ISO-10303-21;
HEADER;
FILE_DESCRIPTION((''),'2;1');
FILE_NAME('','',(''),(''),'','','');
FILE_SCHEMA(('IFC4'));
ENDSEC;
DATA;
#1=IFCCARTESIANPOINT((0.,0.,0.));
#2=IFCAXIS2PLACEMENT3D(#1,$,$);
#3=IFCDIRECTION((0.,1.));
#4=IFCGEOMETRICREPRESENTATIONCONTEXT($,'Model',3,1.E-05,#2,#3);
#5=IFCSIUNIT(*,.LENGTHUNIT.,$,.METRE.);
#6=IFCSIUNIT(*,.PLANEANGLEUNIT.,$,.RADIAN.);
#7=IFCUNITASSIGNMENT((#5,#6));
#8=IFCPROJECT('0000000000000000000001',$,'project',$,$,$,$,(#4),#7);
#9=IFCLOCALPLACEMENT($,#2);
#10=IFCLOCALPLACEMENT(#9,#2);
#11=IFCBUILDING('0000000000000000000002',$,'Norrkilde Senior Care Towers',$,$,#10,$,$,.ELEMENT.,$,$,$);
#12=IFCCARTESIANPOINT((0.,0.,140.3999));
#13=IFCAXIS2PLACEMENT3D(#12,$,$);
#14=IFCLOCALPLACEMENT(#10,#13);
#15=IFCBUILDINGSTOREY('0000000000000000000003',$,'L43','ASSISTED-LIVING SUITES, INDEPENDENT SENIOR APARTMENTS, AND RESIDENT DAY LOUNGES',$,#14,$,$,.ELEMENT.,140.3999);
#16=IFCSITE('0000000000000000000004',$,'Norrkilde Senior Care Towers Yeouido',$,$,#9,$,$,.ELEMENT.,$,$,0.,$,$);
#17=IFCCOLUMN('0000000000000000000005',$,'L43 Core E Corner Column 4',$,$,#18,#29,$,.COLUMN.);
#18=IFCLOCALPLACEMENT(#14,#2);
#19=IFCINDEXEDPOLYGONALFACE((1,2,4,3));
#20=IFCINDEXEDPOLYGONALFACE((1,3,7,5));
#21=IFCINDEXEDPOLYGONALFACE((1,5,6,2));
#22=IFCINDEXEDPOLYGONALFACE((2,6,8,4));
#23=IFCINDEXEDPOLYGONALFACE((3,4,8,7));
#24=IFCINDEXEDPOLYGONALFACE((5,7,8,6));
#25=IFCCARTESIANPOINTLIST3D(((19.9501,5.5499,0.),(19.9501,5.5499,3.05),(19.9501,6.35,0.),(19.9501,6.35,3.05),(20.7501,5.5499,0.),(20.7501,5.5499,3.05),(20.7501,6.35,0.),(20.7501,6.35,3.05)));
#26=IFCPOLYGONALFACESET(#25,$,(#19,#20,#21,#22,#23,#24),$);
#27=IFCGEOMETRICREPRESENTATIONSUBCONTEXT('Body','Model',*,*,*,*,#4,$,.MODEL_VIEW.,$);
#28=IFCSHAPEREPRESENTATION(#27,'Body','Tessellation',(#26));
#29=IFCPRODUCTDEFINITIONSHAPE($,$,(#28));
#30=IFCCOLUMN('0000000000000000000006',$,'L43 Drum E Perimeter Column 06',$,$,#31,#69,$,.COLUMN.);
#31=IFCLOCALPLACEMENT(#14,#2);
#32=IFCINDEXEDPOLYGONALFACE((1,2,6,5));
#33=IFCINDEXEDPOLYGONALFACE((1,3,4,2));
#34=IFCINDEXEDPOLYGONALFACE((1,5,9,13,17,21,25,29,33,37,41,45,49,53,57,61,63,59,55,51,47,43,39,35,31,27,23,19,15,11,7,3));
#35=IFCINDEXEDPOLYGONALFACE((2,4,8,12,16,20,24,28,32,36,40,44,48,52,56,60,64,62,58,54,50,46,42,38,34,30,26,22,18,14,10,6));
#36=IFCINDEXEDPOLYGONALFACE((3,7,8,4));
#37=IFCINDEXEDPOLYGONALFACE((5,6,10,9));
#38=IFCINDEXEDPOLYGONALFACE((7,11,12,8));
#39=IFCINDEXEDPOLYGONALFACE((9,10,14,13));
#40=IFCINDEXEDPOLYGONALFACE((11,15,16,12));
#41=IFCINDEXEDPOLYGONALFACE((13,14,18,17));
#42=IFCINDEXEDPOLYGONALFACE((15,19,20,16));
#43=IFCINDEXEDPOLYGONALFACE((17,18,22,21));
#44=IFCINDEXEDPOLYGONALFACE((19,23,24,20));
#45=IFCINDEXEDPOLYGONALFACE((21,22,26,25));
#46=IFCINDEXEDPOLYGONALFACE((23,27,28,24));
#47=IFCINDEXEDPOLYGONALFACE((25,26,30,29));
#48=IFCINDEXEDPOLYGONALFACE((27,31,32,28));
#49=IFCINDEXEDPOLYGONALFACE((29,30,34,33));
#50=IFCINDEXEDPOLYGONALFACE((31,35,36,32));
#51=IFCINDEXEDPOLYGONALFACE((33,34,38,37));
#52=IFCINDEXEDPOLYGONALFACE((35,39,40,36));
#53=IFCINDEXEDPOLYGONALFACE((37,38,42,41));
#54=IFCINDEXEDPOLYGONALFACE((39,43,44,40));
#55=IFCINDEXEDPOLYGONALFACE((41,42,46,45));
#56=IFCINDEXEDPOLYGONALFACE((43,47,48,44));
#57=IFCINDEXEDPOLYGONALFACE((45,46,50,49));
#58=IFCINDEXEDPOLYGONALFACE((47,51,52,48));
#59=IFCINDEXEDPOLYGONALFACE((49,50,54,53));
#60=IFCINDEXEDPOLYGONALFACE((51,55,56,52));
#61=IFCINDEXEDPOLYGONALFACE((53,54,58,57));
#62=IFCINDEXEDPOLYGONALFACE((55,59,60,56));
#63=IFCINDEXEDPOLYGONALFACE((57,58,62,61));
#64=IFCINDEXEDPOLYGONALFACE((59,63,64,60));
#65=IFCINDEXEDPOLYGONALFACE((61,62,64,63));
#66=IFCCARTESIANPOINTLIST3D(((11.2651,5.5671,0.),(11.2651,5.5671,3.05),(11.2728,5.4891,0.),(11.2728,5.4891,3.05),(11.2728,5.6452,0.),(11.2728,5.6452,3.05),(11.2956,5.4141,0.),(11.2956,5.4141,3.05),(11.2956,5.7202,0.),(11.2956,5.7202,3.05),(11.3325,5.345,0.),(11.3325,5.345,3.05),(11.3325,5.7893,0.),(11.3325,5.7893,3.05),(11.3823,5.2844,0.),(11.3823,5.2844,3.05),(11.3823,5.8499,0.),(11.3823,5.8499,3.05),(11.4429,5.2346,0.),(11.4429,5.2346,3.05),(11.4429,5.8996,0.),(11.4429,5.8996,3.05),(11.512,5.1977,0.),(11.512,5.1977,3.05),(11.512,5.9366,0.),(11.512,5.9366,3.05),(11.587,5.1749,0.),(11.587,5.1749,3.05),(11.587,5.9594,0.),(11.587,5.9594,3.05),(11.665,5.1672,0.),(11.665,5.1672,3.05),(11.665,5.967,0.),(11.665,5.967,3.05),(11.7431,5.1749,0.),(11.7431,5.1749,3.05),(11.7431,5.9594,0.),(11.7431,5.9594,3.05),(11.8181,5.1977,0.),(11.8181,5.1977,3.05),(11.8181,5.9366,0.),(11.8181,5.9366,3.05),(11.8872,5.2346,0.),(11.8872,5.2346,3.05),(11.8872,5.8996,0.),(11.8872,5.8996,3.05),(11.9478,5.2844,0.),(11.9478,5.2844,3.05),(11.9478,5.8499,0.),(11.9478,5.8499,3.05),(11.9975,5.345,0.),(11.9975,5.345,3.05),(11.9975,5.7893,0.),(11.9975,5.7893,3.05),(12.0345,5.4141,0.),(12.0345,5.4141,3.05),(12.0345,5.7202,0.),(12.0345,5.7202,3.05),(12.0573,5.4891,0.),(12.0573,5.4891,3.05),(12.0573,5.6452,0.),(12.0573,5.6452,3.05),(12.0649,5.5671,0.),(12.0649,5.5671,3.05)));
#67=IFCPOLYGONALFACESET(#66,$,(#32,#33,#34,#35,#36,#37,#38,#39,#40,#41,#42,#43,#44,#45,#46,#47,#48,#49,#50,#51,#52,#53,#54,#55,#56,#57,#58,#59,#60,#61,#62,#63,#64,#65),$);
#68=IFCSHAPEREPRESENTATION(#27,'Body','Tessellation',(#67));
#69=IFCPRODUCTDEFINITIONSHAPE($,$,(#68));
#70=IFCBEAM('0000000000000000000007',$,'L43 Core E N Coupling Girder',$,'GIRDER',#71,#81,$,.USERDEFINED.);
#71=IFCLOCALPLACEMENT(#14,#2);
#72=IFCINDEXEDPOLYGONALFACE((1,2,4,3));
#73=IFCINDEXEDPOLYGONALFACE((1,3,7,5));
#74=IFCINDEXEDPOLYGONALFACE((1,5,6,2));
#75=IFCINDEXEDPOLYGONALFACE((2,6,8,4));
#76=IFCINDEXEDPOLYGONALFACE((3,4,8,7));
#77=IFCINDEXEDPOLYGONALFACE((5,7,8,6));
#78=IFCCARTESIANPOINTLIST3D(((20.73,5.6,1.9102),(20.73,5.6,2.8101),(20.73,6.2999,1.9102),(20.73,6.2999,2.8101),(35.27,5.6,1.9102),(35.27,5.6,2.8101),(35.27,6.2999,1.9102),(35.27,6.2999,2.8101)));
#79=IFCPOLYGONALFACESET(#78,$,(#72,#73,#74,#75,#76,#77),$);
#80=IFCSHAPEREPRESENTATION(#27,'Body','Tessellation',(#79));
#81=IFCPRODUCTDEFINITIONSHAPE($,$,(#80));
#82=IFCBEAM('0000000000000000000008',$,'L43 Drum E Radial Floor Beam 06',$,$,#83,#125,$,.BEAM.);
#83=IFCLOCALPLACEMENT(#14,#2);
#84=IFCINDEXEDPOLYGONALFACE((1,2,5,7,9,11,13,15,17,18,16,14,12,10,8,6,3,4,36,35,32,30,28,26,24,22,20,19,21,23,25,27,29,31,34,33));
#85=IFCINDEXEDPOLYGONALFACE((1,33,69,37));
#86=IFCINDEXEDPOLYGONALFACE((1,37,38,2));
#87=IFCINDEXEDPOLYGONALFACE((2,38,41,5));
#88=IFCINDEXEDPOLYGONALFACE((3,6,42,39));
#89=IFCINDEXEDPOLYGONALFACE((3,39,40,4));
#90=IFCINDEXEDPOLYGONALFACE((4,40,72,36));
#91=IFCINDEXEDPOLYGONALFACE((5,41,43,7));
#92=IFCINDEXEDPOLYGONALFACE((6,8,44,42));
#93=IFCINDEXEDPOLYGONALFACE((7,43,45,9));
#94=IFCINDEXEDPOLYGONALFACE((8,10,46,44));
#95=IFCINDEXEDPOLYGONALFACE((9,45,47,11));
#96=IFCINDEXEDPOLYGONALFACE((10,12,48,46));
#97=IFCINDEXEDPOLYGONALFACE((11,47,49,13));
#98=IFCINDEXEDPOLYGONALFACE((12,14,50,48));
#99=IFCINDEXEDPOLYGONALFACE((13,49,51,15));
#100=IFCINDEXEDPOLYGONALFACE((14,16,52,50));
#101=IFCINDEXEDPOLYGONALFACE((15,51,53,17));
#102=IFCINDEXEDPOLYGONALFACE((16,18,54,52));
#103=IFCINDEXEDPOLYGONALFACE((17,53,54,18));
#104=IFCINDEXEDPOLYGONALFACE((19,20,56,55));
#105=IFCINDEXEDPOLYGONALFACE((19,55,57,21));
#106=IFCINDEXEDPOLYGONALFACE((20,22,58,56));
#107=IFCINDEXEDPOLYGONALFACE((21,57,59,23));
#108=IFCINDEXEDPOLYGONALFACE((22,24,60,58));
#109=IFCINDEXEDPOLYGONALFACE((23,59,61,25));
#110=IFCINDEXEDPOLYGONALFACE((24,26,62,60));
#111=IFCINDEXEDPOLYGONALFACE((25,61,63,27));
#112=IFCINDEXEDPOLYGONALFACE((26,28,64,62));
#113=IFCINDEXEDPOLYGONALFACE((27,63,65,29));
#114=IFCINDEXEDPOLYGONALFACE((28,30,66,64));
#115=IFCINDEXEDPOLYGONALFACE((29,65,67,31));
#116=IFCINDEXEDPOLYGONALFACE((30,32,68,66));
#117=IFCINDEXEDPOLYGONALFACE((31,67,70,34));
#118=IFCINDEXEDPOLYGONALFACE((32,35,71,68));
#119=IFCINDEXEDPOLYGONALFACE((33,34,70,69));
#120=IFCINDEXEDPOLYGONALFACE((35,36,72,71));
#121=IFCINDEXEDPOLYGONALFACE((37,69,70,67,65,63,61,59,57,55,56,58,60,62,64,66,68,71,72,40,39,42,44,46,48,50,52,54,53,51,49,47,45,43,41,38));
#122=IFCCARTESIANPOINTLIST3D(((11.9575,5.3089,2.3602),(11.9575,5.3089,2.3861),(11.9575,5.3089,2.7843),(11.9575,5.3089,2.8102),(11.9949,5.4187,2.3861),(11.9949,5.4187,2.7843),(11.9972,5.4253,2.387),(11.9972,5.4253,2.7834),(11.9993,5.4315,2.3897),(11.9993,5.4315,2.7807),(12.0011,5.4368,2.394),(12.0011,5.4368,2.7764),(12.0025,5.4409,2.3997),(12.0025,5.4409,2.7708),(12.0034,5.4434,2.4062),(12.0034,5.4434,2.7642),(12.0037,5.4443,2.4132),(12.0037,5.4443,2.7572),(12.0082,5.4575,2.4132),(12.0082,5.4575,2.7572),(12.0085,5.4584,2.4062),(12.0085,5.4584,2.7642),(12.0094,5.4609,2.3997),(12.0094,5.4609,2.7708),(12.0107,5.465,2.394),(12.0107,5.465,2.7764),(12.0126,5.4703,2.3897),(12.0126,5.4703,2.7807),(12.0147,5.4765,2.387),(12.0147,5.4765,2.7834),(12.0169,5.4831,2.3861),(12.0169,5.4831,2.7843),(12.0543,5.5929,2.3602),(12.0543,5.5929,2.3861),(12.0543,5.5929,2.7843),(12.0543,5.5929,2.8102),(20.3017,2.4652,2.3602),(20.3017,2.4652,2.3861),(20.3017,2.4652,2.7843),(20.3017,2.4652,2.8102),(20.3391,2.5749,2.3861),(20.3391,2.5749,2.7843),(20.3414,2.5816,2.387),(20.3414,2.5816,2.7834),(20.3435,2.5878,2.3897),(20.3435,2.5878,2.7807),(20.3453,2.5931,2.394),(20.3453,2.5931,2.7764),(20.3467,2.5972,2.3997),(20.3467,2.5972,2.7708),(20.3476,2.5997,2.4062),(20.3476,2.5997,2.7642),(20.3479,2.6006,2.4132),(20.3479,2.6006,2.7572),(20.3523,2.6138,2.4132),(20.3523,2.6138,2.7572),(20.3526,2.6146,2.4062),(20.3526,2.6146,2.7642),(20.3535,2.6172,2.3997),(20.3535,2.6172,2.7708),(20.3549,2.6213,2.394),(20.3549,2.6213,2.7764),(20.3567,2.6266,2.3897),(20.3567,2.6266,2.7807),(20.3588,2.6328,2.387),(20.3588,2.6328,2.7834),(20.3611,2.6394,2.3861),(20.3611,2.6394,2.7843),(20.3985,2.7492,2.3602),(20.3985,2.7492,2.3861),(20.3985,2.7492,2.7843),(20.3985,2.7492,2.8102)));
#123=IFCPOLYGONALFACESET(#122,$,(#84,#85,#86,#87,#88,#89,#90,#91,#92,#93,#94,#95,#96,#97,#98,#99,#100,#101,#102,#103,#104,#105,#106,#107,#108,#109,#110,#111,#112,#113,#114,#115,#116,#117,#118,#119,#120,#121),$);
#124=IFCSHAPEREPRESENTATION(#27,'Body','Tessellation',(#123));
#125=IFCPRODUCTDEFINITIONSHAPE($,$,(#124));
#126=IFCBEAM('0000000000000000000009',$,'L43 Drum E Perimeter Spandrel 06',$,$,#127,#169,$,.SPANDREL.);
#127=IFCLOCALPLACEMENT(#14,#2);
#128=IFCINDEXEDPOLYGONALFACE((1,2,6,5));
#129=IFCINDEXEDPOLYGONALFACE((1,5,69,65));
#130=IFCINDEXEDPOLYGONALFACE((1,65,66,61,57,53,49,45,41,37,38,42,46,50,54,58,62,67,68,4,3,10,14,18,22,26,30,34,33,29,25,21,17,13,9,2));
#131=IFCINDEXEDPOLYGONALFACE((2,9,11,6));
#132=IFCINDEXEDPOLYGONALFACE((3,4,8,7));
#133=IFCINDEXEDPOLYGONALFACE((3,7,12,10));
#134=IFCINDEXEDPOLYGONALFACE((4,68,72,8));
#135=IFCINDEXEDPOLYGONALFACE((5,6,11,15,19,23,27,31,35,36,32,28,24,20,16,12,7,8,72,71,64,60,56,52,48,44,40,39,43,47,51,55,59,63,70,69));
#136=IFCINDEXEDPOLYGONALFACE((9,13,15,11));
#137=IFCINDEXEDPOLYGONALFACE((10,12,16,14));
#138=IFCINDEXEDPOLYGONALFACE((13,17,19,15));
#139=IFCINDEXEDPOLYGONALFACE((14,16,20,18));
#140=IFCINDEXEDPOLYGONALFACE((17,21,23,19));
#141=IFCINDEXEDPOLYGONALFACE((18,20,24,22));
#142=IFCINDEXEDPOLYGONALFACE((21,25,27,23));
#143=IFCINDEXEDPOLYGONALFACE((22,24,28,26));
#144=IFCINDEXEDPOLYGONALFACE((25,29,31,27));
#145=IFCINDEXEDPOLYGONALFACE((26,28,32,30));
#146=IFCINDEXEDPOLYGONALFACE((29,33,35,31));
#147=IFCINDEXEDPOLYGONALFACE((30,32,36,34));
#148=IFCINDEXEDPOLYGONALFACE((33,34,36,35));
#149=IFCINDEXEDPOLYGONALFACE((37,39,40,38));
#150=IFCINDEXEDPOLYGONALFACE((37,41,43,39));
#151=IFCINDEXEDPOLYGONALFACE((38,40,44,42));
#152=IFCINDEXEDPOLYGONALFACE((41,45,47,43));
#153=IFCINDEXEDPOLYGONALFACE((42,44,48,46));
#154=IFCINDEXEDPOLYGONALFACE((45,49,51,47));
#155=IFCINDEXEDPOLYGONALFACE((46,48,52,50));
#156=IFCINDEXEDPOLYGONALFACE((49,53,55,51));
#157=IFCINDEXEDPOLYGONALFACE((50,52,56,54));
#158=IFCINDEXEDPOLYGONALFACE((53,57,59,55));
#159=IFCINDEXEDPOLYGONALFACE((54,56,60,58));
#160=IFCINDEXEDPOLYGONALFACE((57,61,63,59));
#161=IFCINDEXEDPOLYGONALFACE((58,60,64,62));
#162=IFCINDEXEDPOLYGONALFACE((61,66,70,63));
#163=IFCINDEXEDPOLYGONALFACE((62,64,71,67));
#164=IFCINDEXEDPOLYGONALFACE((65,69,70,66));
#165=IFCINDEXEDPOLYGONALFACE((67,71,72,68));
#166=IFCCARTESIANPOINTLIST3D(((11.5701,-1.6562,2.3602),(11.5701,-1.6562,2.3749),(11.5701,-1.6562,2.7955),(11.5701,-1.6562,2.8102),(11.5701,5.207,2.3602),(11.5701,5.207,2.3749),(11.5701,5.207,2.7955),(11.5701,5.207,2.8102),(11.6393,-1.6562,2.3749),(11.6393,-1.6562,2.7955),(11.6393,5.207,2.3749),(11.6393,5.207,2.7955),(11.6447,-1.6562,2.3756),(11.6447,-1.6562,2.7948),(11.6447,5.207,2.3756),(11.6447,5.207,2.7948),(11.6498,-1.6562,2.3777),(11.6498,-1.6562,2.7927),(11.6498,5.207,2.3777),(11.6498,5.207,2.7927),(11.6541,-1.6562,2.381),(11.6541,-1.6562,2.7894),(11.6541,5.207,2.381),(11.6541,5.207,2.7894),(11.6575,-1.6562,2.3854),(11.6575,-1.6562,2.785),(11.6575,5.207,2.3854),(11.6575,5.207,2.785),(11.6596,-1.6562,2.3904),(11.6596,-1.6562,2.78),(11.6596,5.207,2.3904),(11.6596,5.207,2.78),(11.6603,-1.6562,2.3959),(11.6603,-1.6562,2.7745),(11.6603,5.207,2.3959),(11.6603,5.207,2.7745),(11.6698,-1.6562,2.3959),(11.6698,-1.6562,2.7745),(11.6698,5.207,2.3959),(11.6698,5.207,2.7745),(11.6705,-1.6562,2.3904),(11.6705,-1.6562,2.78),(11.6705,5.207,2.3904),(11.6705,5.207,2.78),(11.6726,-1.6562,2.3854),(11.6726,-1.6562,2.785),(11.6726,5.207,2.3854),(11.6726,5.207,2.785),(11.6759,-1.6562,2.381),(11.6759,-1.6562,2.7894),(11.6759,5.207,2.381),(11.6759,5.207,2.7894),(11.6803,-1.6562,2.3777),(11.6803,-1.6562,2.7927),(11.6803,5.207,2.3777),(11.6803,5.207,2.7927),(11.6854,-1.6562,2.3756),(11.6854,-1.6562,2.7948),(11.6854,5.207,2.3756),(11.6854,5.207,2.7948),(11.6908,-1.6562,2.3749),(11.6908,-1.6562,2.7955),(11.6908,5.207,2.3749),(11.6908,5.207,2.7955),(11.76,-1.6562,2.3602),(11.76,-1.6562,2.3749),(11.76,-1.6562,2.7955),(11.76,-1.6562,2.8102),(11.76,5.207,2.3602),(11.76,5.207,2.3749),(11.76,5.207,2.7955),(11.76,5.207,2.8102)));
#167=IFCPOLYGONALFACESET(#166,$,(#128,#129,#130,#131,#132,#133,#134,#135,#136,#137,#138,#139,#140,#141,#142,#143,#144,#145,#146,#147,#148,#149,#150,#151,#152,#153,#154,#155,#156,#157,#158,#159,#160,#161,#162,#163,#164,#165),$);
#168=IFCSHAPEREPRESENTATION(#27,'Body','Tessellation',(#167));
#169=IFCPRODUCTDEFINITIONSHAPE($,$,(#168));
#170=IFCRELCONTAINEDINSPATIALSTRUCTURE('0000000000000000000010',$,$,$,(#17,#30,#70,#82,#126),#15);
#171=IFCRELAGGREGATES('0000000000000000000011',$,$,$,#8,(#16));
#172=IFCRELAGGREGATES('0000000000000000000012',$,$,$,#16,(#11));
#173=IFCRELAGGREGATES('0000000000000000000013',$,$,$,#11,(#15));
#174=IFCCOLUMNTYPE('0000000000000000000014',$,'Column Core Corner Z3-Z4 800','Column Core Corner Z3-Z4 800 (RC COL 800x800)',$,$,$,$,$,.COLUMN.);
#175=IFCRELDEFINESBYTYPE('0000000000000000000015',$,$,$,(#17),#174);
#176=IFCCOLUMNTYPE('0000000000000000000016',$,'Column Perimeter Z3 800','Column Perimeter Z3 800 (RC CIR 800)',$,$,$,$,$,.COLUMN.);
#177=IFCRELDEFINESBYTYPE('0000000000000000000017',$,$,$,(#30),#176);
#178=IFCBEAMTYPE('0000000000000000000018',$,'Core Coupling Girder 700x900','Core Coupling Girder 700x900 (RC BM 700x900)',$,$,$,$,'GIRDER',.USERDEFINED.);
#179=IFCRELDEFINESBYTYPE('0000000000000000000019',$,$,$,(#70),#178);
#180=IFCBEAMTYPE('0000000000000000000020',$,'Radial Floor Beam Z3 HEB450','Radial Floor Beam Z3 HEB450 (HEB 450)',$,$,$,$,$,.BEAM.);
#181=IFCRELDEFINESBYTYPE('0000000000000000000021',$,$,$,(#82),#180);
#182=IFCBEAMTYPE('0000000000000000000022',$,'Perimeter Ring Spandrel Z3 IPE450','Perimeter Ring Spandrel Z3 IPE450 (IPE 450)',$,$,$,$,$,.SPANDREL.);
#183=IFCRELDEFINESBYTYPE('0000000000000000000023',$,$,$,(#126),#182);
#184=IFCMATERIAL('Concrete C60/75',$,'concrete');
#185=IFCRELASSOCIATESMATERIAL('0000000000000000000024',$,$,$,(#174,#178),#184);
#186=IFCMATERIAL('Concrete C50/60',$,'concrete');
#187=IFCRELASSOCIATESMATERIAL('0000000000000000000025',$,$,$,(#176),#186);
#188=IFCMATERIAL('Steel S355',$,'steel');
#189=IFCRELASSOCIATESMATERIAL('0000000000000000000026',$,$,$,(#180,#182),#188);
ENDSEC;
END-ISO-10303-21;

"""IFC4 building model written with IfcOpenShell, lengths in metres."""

from ifc_helpers import new_model, si_unit, direction, frame, origin, origin_2d, place, context, subcontext, project, spatial, rectangle, circle, i_section, extrude, source, transform, mapped, material, material_profile, profile_set, type_object, type_shapes, element, save


model = new_model("IFC4")

# Units and contexts
model_context = context("Model", 3, precision=1e-05, world=origin(), true_north=direction((0.0, 1.0)))
body_context = subcontext(model_context, "Body", "Model", "MODEL_VIEW")
ifc_project = project(units=[si_unit("LENGTHUNIT", "METRE"), si_unit("PLANEANGLEUNIT", "RADIAN")], contexts=[model_context])

# Site, building, storey
site_placement = place(None, origin())
site = spatial("IfcSite", under=ifc_project, at=site_placement, Name="Norrkilde Senior Care Towers Yeouido", CompositionType="ELEMENT", RefElevation=0.0)
building_placement = place(site_placement, origin())
building = spatial("IfcBuilding", under=site, at=building_placement, Name="Norrkilde Senior Care Towers", CompositionType="ELEMENT")
storey_placement = place(building_placement, frame((0.0, 0.0, 140.3999)))
storey = spatial("IfcBuildingStorey", under=building, at=storey_placement, Name="L43", Description="ASSISTED-LIVING SUITES, INDEPENDENT SENIOR APARTMENTS, AND RESIDENT DAY LOUNGES", CompositionType="ELEMENT", Elevation=140.3999)

# Columns
ifc_material_1 = material(Name="Concrete C60/75", Category="concrete")
ifc_material_profile_1 = material_profile(ifc_material_1, rectangle(XDim=0.8, YDim=0.8, at=origin_2d()), Name="RC COL 800x800")
ifc_profile_set_1 = profile_set([ifc_material_profile_1], Name="Concrete C60/75")
column_type_1 = type_object("IfcColumnType", Name="Column Core Corner Z3-Z4 800", Description="Column Core Corner Z3-Z4 800 (RC COL 800x800)", PredefinedType="COLUMN", material=ifc_profile_set_1)
shared_shape_1 = source(origin(), body_context, "Body", "SweptSolid", [
    extrude(rectangle(XDim=0.8, YDim=0.8, at=origin_2d()), origin(), (0.0, 0.0, 1.0), 3.05),
])
type_shapes(column_type_1, [shared_shape_1])
column_1_placement = place(storey_placement, frame((20.3501, 5.95, 0.0), z_axis=(0.0, 0.0, 1.0), x_axis=(1.0, 0.0, 0.0)))
element("IfcColumn", 1, at=column_1_placement, inside=storey, type_object=column_type_1, Name="L43 Core E Corner Column 4", PredefinedType="COLUMN", context=body_context, shape_type="MappedRepresentation", body=[
    mapped(shared_shape_1, transform((0.0, 0.0, 0.0), x_axis=(1.0, 0.0, 0.0), y_axis=(0.0, 1.0, 0.0), z_axis=(0.0, 0.0, 1.0), scale=1.0)),
])
ifc_material_2 = material(Name="Concrete C50/60", Category="concrete")
ifc_material_profile_2 = material_profile(ifc_material_2, circle(Radius=0.3999, at=origin_2d()), Name="RC CIR 800")
ifc_profile_set_2 = profile_set([ifc_material_profile_2], Name="Concrete C50/60")
column_type_2 = type_object("IfcColumnType", Name="Column Perimeter Z3 800", Description="Column Perimeter Z3 800 (RC CIR 800)", PredefinedType="COLUMN", material=ifc_profile_set_2)
shared_shape_2 = source(origin(), body_context, "Body", "SweptSolid", [
    extrude(circle(Radius=0.3999, at=origin_2d()), origin(), (0.0, 0.0, 1.0), 3.05),
])
type_shapes(column_type_2, [shared_shape_2])
column_2_placement = place(storey_placement, frame((11.665, 5.5671, 0.0), z_axis=(0.0, 0.0, 1.0), x_axis=(1.0, 0.0, 0.0)))
element("IfcColumn", 2, at=column_2_placement, inside=storey, type_object=column_type_2, Name="L43 Drum E Perimeter Column 06", PredefinedType="COLUMN", context=body_context, shape_type="MappedRepresentation", body=[
    mapped(shared_shape_2, transform((0.0, 0.0, 0.0), x_axis=(1.0, 0.0, 0.0), y_axis=(0.0, 1.0, 0.0), z_axis=(0.0, 0.0, 1.0), scale=1.0)),
])

# Beams
ifc_material_profile_3 = material_profile(ifc_material_1, rectangle(XDim=0.7, YDim=0.8999, at=origin_2d()), Name="RC BM 700x900")
ifc_profile_set_3 = profile_set([ifc_material_profile_3], Name="Concrete C60/75")
beam_type_1 = type_object("IfcBeamType", Name="Core Coupling Girder 700x900", Description="Core Coupling Girder 700x900 (RC BM 700x900)", ElementType="GIRDER", PredefinedType="USERDEFINED", material=ifc_profile_set_3)
shared_shape_3 = source(origin(), body_context, "Body", "SweptSolid", [
    extrude(rectangle(XDim=0.7, YDim=0.8999, at=origin_2d()), origin(), (0.0, 0.0, 1.0), 14.54),
])
type_shapes(beam_type_1, [shared_shape_3])
beam_1_placement = place(storey_placement, frame((20.73, 5.95, 2.3601), z_axis=(1.0, 0.0, 0.0), x_axis=(0.0, 1.0, 0.0)))
element("IfcBeam", 3, at=beam_1_placement, inside=storey, type_object=beam_type_1, Name="L43 Core E N Coupling Girder", ObjectType="GIRDER", PredefinedType="USERDEFINED", context=body_context, shape_type="MappedRepresentation", body=[
    mapped(shared_shape_3, transform((0.0, 0.0, 0.0), x_axis=(1.0, 0.0, 0.0), y_axis=(0.0, 1.0, 0.0), z_axis=(0.0, 0.0, 1.0), scale=1.0)),
])
ifc_material_3 = material(Name="Steel S355", Category="steel")
ifc_material_profile_4 = material_profile(ifc_material_3, i_section(OverallWidth=0.3, OverallDepth=0.45, WebThickness=0.0139, FlangeThickness=0.0259, FilletRadius=0.0271, at=origin_2d()), Name="HEB 450")
ifc_profile_set_4 = profile_set([ifc_material_profile_4], Name="Steel S355")
beam_type_2 = type_object("IfcBeamType", Name="Radial Floor Beam Z3 HEB450", Description="Radial Floor Beam Z3 HEB450 (HEB 450)", PredefinedType="BEAM", material=ifc_profile_set_4)
shared_shape_4 = source(origin(), body_context, "Body", "SweptSolid", [
    extrude(i_section(OverallWidth=0.3, OverallDepth=0.45, WebThickness=0.0139, FlangeThickness=0.0259, FilletRadius=0.0271, at=origin_2d()), origin(), (0.0, 0.0, 1.0), 8.8154),
])
beam_2_placement = place(storey_placement, frame((20.3501, 2.6072, 2.5852), z_axis=(-0.946541, 0.322585, 0.0), x_axis=(-0.322585, -0.946541, 0.0)))
element("IfcBeam", 4, at=beam_2_placement, inside=storey, type_object=beam_type_2, Name="L43 Drum E Radial Floor Beam 06", PredefinedType="BEAM", context=body_context, shape_type="MappedRepresentation", body=[
    mapped(shared_shape_4, transform((0.0, 0.0, 0.0), x_axis=(1.0, 0.0, 0.0), y_axis=(0.0, 1.0, 0.0), z_axis=(0.0, 0.0, 1.0), scale=1.0)),
])
ifc_material_profile_5 = material_profile(ifc_material_3, i_section(OverallWidth=0.1899, OverallDepth=0.45, WebThickness=0.0095, FlangeThickness=0.0146, FilletRadius=0.021, at=origin_2d()), Name="IPE 450")
ifc_profile_set_5 = profile_set([ifc_material_profile_5], Name="Steel S355")
beam_type_3 = type_object("IfcBeamType", Name="Perimeter Ring Spandrel Z3 IPE450", Description="Perimeter Ring Spandrel Z3 IPE450 (IPE 450)", PredefinedType="SPANDREL", material=ifc_profile_set_5)
shared_shape_5 = source(origin(), body_context, "Body", "SweptSolid", [
    extrude(i_section(OverallWidth=0.1899, OverallDepth=0.45, WebThickness=0.0095, FlangeThickness=0.0146, FilletRadius=0.021, at=origin_2d()), origin(), (0.0, 0.0, 1.0), 6.8633),
])
type_shapes(beam_type_3, [shared_shape_5])
beam_3_placement = place(storey_placement, frame((11.665, 5.207, 2.5852), z_axis=(0.0, -1.0, 0.0), x_axis=(1.0, 0.0, 0.0)))
element("IfcBeam", 5, at=beam_3_placement, inside=storey, type_object=beam_type_3, Name="L43 Drum E Perimeter Spandrel 06", PredefinedType="SPANDREL", context=body_context, shape_type="MappedRepresentation", body=[
    mapped(shared_shape_5, transform((0.0, 0.0, 0.0), x_axis=(1.0, 0.0, 0.0), y_axis=(0.0, 1.0, 0.0), z_axis=(0.0, 0.0, 1.0), scale=1.0)),
])

save(model, "model.ifc")
